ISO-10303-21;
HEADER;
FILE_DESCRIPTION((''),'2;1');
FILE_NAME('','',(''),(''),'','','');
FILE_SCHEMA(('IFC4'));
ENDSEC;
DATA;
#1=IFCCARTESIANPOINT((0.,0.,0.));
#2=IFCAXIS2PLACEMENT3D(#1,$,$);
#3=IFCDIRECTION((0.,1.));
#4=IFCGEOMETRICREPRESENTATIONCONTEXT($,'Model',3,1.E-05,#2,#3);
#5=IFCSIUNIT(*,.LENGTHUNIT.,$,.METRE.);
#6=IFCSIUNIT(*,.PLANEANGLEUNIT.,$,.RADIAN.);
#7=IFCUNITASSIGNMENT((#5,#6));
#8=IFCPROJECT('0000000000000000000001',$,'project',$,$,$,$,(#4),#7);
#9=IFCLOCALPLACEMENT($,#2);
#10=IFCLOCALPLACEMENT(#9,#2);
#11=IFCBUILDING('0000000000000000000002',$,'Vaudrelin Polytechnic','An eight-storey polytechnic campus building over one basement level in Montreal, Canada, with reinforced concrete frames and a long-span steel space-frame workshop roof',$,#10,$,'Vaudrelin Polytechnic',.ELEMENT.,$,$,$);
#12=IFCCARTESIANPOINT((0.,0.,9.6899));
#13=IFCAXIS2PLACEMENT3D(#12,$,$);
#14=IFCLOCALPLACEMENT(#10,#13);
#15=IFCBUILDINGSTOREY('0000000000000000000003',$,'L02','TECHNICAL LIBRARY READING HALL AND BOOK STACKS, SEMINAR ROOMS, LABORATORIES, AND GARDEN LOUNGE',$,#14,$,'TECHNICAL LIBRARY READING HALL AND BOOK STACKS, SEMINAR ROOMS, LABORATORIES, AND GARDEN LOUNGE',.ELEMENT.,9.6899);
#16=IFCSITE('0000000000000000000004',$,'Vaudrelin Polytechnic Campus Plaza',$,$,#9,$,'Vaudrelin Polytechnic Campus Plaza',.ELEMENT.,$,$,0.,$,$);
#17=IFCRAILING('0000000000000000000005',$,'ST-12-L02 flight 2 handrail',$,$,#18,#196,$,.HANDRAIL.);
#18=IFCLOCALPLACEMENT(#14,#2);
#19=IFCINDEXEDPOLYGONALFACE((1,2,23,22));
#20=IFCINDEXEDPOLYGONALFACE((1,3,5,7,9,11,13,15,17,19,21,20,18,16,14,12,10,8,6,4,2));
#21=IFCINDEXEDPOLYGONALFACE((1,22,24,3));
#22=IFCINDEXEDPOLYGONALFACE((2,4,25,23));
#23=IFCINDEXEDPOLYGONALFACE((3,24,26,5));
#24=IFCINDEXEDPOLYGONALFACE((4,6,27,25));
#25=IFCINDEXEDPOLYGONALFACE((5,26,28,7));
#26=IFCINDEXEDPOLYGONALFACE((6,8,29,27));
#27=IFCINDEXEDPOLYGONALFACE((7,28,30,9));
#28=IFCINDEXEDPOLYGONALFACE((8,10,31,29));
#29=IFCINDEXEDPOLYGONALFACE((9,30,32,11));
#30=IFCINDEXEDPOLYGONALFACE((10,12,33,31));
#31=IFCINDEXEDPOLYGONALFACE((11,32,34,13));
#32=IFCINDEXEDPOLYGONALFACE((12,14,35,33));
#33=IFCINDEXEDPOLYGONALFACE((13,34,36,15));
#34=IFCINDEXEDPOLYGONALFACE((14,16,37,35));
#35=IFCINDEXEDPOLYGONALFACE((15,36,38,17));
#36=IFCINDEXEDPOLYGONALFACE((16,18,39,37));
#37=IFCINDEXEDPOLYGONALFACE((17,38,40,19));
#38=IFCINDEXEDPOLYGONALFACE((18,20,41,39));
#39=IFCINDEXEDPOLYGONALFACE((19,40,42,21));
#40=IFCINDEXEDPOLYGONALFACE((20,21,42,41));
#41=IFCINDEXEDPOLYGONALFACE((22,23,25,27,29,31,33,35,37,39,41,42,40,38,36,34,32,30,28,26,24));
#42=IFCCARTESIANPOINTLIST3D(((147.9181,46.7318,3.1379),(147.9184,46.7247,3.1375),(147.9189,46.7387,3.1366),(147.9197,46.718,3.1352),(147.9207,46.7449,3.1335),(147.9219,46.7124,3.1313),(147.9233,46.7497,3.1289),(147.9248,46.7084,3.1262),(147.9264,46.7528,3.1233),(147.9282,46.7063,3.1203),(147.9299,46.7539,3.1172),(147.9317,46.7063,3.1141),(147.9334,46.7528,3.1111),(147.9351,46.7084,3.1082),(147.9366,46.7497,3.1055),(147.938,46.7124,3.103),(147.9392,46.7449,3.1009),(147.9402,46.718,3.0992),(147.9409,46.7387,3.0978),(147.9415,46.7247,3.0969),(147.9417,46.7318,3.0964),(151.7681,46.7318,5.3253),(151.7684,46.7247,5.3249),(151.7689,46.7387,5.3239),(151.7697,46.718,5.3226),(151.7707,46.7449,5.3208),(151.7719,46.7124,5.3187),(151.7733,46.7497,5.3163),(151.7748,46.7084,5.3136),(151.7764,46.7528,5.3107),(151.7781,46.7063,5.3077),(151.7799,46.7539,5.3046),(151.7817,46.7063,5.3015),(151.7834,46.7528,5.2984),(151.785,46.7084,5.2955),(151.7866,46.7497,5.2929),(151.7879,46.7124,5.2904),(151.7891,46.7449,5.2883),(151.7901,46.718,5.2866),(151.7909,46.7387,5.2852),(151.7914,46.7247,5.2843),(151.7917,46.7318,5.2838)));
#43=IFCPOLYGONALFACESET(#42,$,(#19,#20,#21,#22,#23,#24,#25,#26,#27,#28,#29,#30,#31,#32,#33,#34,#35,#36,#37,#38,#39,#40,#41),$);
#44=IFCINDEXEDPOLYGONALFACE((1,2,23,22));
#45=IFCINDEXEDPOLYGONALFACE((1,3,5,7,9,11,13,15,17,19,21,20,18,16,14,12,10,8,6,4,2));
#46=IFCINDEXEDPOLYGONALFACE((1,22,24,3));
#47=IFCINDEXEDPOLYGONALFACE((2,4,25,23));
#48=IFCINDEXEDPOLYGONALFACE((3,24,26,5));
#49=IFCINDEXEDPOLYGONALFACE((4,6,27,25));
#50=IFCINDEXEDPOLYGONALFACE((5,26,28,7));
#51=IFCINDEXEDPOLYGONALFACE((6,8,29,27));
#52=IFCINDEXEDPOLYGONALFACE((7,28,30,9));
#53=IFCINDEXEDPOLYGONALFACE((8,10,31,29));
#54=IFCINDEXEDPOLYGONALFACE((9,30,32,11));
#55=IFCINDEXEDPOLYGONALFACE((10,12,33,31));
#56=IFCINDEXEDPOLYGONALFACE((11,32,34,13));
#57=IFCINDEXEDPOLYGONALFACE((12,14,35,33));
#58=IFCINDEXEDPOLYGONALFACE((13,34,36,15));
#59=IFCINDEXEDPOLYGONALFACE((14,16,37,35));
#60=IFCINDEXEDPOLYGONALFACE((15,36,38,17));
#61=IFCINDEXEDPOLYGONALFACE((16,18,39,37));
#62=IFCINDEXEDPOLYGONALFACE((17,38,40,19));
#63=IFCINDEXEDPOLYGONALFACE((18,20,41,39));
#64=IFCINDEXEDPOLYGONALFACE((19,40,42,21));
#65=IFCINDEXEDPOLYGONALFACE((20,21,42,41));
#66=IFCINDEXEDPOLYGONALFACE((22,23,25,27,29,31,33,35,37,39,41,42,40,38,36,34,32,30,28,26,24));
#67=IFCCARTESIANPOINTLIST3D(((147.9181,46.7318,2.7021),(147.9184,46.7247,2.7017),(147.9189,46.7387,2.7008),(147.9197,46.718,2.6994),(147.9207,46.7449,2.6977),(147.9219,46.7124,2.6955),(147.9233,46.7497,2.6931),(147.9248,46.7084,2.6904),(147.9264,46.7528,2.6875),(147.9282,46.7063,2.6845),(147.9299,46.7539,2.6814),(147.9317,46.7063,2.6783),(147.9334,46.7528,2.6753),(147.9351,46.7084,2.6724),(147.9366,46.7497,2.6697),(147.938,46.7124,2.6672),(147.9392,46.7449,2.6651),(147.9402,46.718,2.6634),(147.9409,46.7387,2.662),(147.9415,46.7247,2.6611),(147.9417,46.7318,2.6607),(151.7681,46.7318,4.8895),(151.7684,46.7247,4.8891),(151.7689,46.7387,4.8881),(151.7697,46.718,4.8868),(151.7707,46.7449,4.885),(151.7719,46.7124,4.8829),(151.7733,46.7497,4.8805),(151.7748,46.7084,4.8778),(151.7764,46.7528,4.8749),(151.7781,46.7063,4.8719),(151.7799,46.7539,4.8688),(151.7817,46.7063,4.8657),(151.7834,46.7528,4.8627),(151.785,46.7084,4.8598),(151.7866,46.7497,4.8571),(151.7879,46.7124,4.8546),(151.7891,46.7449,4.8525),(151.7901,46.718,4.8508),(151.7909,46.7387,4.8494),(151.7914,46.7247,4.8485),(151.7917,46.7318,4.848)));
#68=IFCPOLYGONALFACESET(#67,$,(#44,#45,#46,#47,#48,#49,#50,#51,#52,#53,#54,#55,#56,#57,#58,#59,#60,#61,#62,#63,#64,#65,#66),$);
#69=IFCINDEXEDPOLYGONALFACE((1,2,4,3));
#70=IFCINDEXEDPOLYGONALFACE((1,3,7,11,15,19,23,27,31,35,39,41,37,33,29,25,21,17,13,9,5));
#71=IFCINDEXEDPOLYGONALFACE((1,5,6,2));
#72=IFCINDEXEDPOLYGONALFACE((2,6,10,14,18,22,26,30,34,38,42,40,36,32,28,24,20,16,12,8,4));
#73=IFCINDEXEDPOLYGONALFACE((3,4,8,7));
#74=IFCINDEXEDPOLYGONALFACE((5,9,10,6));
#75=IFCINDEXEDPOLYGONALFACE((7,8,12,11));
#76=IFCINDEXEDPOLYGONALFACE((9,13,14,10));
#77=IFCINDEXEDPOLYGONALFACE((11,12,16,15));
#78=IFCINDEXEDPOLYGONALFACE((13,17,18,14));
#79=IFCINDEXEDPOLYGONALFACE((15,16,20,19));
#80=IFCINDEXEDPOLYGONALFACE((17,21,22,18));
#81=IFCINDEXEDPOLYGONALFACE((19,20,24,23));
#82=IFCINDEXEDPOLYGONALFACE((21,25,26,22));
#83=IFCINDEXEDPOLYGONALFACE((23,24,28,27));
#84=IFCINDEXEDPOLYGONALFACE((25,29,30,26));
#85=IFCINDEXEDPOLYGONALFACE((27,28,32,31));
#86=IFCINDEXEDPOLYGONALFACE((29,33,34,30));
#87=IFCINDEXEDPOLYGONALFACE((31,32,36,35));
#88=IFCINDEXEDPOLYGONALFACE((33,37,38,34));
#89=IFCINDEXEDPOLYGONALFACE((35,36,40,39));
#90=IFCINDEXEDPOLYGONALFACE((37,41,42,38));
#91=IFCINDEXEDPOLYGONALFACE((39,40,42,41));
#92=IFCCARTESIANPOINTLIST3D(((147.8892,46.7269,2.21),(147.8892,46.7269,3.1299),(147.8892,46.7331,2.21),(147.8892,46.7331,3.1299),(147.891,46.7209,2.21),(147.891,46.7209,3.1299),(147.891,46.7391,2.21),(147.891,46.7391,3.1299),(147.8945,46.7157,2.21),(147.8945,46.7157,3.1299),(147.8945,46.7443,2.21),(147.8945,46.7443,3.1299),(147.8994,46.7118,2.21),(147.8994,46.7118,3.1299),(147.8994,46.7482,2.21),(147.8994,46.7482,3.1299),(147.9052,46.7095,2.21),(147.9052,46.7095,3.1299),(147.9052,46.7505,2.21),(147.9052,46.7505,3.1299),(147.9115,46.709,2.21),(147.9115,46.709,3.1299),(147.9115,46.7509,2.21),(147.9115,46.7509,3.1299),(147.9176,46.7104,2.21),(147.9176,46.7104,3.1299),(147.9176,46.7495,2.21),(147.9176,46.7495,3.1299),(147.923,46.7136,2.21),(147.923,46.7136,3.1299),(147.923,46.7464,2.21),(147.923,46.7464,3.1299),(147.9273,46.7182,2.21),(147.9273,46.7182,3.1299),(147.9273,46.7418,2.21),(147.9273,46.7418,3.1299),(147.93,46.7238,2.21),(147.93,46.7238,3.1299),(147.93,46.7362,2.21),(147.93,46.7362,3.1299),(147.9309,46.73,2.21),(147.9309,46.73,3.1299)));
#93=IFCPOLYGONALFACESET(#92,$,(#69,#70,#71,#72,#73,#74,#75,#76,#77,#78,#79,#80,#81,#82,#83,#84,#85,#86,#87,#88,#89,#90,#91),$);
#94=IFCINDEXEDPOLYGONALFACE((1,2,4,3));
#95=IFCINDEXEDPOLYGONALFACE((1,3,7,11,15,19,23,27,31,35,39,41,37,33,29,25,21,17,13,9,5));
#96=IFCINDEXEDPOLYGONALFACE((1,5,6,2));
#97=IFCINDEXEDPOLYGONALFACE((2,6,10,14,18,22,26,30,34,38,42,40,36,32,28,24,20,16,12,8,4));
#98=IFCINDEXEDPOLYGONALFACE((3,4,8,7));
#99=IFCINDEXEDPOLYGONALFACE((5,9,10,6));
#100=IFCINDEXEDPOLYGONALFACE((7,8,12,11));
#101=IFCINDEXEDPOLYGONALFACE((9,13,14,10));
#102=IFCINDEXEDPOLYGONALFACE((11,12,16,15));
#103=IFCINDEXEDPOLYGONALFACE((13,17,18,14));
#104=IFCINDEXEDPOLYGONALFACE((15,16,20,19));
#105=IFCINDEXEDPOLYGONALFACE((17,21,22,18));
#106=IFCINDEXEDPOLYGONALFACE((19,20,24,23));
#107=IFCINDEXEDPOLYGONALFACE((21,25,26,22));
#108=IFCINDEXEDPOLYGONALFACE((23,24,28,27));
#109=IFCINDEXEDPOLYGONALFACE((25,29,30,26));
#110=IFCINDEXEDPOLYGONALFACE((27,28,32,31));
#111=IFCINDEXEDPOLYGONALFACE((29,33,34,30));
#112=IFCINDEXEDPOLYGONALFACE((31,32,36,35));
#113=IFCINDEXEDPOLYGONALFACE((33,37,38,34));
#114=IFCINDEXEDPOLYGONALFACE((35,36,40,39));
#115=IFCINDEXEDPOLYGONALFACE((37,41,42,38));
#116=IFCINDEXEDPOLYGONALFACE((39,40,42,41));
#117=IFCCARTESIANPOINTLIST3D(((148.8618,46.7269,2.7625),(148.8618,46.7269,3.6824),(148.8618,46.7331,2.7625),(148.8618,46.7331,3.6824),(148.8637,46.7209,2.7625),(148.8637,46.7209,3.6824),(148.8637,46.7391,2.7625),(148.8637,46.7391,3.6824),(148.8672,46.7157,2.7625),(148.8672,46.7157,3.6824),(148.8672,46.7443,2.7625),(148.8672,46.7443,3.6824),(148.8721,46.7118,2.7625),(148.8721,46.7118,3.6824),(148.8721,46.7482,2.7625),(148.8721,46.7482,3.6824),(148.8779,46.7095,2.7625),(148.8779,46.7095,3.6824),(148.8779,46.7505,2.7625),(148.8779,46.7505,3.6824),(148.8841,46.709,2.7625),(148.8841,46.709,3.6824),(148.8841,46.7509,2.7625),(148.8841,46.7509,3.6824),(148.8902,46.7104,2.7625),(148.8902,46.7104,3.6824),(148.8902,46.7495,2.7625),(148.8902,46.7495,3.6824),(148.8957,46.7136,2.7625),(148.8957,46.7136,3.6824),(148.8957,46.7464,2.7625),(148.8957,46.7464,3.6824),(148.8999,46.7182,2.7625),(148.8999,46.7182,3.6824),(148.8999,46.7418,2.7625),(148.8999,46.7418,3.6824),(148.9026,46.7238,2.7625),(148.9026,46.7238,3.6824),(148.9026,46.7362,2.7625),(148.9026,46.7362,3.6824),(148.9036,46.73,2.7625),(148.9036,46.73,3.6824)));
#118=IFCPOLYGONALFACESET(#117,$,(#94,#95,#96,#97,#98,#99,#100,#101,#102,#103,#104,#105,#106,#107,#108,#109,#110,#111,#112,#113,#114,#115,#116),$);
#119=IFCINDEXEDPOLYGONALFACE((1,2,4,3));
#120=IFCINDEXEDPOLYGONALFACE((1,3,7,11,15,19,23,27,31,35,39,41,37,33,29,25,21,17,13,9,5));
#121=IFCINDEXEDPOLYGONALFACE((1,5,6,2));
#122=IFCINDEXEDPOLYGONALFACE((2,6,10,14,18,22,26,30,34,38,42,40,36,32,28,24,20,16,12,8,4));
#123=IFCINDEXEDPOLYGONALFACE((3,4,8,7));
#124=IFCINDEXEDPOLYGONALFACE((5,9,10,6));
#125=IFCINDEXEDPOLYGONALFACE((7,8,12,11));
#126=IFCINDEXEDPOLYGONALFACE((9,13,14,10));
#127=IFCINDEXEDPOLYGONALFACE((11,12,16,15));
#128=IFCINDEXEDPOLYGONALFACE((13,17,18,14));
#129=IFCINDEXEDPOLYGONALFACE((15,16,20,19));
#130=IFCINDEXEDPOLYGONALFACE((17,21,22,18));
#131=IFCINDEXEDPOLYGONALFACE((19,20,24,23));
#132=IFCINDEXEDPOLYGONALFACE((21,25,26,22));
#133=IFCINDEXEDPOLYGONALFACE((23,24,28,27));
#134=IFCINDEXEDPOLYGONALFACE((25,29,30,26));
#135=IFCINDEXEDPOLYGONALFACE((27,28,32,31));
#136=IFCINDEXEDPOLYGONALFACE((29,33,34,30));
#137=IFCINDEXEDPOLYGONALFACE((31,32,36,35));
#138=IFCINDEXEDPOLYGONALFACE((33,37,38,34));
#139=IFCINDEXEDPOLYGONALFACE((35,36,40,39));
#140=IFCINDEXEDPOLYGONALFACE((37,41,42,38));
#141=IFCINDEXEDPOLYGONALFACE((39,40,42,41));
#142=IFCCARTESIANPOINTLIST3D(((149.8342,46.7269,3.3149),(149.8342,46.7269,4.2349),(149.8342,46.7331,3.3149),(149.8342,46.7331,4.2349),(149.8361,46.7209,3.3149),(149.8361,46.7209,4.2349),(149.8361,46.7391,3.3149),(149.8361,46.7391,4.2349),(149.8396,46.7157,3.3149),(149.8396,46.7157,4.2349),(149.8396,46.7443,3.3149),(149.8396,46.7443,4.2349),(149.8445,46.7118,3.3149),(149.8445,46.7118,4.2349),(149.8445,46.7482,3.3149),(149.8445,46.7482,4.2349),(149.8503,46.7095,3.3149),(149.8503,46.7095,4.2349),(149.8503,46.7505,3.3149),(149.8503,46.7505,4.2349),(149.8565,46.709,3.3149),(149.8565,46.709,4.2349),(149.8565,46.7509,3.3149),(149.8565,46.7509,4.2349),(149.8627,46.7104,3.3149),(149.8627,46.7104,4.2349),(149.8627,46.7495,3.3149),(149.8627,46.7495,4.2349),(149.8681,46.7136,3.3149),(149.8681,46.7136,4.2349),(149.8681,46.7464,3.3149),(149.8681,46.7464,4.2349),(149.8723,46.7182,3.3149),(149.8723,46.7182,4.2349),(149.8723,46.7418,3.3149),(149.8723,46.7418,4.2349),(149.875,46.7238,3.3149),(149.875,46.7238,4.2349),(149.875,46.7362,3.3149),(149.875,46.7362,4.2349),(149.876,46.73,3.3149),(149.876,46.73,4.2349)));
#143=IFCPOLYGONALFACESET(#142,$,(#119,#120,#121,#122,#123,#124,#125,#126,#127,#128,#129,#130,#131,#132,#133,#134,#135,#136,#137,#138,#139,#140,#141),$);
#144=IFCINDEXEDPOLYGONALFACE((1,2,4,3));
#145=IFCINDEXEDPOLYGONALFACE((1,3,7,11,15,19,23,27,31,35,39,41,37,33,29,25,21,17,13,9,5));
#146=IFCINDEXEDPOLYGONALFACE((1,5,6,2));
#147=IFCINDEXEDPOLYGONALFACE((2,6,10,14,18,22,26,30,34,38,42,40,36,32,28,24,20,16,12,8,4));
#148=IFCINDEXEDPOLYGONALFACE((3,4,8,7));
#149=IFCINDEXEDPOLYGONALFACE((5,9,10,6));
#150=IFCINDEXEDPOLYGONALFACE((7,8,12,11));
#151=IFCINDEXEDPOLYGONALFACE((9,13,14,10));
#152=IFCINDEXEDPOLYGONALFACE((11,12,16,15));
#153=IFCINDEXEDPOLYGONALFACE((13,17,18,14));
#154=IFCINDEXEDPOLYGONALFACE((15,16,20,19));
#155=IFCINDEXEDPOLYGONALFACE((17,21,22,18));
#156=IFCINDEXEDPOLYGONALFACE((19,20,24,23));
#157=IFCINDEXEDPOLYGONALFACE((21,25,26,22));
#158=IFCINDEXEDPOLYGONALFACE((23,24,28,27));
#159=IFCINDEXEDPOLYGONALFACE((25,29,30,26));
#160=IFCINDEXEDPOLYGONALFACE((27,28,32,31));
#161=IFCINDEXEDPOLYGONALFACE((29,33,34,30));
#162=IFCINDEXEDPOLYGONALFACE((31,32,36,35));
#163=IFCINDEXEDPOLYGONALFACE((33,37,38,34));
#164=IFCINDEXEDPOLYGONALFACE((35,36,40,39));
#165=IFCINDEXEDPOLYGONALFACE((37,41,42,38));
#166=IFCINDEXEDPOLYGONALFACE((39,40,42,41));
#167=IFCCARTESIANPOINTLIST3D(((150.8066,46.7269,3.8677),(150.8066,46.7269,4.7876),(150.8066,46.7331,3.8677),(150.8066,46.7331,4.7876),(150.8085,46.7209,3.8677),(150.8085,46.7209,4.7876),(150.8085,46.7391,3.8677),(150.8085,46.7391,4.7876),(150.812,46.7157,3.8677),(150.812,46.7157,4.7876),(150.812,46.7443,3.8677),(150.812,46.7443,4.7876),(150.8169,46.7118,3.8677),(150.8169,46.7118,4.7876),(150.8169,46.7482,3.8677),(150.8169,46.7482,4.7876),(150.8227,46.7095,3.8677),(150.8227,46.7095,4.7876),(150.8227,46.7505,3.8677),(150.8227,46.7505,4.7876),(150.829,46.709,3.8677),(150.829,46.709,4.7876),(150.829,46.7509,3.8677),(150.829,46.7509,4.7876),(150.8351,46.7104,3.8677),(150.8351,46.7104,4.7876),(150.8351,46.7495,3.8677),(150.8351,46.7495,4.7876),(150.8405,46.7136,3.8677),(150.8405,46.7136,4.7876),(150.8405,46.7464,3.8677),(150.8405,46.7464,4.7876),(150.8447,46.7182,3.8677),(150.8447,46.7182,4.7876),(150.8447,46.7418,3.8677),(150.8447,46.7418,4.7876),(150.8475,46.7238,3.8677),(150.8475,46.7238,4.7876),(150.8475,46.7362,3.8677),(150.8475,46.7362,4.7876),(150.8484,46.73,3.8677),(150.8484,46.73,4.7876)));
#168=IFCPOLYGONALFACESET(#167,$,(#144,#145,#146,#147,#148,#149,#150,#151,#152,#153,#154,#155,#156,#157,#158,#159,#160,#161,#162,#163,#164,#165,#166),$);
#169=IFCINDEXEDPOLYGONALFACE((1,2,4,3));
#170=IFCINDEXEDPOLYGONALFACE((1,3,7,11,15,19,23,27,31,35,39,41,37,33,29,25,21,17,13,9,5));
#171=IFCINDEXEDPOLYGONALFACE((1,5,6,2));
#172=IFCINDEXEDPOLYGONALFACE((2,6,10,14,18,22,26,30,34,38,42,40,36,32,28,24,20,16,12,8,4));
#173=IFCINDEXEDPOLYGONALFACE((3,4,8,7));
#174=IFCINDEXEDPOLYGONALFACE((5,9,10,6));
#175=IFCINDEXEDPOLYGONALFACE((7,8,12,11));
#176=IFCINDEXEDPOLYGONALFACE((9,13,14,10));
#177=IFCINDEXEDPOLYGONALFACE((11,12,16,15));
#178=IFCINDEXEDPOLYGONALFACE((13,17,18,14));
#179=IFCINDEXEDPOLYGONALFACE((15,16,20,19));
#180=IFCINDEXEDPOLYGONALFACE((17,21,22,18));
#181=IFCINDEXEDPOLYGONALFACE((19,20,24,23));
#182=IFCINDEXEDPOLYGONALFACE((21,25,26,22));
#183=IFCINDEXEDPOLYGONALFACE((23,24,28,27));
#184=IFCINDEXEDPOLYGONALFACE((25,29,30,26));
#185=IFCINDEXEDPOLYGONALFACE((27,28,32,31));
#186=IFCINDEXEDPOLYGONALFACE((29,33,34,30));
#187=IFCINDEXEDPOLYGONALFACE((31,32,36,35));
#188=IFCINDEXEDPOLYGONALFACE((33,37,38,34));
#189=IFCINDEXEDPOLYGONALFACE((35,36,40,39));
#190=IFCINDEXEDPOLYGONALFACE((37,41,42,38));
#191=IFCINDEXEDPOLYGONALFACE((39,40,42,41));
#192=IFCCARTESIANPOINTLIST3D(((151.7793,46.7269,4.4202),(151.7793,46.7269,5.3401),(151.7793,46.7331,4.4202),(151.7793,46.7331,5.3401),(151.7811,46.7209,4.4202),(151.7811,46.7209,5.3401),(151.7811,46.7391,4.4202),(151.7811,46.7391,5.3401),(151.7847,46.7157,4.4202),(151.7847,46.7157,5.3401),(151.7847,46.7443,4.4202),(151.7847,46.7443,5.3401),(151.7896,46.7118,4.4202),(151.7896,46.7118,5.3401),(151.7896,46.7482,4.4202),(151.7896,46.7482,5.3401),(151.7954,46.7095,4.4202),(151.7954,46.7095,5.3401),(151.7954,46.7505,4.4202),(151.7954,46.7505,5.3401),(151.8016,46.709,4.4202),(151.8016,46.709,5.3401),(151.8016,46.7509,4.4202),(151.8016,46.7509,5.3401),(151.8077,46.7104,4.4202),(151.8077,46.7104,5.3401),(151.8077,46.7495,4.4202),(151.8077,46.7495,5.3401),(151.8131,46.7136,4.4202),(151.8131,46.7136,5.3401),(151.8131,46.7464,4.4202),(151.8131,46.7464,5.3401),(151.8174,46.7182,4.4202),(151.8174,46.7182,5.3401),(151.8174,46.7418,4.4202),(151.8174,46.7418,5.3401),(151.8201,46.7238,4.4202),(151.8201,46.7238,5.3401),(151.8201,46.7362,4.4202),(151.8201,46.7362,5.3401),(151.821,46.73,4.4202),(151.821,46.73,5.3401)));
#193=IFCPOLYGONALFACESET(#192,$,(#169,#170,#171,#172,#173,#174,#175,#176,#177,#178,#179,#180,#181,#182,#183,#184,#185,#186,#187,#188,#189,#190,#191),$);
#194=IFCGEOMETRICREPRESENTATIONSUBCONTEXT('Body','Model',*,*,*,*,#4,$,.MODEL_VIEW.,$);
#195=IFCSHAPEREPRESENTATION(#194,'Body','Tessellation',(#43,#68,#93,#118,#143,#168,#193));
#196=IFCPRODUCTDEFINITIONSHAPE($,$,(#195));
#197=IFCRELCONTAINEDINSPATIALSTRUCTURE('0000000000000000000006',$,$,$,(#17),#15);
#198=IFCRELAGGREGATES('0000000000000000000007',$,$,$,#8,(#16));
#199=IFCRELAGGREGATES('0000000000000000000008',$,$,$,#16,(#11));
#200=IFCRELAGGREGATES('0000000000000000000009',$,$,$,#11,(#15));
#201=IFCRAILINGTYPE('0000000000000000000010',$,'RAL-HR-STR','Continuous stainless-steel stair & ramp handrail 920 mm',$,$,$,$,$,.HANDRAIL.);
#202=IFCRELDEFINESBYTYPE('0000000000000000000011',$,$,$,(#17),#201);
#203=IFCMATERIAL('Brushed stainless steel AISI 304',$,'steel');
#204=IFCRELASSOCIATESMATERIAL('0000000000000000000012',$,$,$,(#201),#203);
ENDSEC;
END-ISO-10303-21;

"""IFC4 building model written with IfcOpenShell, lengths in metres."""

from ifc_helpers import new_model, si_unit, direction, frame, origin, origin_2d, place, context, subcontext, project, spatial, circle, extrude, material, type_object, element, save


model = new_model("IFC4")

# Units and contexts
model_context = context("Model", 3, precision=1e-05, world=origin(), true_north=direction((0.0, 1.0)))
body_context = subcontext(model_context, "Body", "Model", "MODEL_VIEW")
ifc_project = project(units=[si_unit("LENGTHUNIT", "METRE"), si_unit("PLANEANGLEUNIT", "RADIAN")], contexts=[model_context])

# Site, building, storey
site_placement = place(None, origin())
site = spatial("IfcSite", under=ifc_project, at=site_placement, Name="Vaudrelin Polytechnic Campus Plaza", LongName="Vaudrelin Polytechnic Campus Plaza", CompositionType="ELEMENT", RefElevation=0.0)
building_placement = place(site_placement, origin())
building = spatial("IfcBuilding", under=site, at=building_placement, Name="Vaudrelin Polytechnic", Description="An eight-storey polytechnic campus building over one basement level in Montreal, Canada, with reinforced concrete frames and a long-span steel space-frame workshop roof", LongName="Vaudrelin Polytechnic", CompositionType="ELEMENT")
storey_placement = place(building_placement, frame((0.0, 0.0, 9.6899)))
storey = spatial("IfcBuildingStorey", under=building, at=storey_placement, Name="L02", Description="TECHNICAL LIBRARY READING HALL AND BOOK STACKS, SEMINAR ROOMS, LABORATORIES, AND GARDEN LOUNGE", LongName="TECHNICAL LIBRARY READING HALL AND BOOK STACKS, SEMINAR ROOMS, LABORATORIES, AND GARDEN LOUNGE", CompositionType="ELEMENT", Elevation=9.6899)

# Railing
ifc_material_1 = material(Name="Brushed stainless steel AISI 304", Category="steel")
railing_type_1 = type_object("IfcRailingType", Name="RAL-HR-STR", Description="Continuous stainless-steel stair & ramp handrail 920 mm", PredefinedType="HANDRAIL", material=ifc_material_1)
railing_1_placement = place(storey_placement, frame((147.9099, 46.73, 2.21)))
element("IfcRailing", 1, at=railing_1_placement, inside=storey, type_object=railing_type_1, Name="ST-12-L02 flight 2 handrail", PredefinedType="HANDRAIL", context=body_context, shape_type="SweptSolid", body=[
    extrude(circle(Radius=0.0239, at=origin_2d()), frame((0.02, 0.0, 0.9072), z_axis=(0.869466, 0.0, 0.493993), x_axis=(0.0, 1.0, 0.0)), (0.0, 0.0, 1.0), 4.428),
    extrude(circle(Radius=0.0239, at=origin_2d()), frame((0.02, 0.0, 0.4714), z_axis=(0.869466, 0.0, 0.493993), x_axis=(0.0, 1.0, 0.0)), (0.0, 0.0, 1.0), 4.428),
    extrude(circle(Radius=0.021, at=origin_2d()), origin(), (0.0, 0.0, 1.0), 0.9199),
    extrude(circle(Radius=0.021, at=origin_2d()), frame((0.9727, 0.0, 0.5525)), (0.0, 0.0, 1.0), 0.9199),
    extrude(circle(Radius=0.021, at=origin_2d()), frame((1.9451, 0.0, 1.105)), (0.0, 0.0, 1.0), 0.9199),
    extrude(circle(Radius=0.021, at=origin_2d()), frame((2.9175, 0.0, 1.6577)), (0.0, 0.0, 1.0), 0.9199),
    extrude(circle(Radius=0.021, at=origin_2d()), frame((3.8901, 0.0, 2.2102)), (0.0, 0.0, 1.0), 0.9199),
])

save(model, "model.ifc")
